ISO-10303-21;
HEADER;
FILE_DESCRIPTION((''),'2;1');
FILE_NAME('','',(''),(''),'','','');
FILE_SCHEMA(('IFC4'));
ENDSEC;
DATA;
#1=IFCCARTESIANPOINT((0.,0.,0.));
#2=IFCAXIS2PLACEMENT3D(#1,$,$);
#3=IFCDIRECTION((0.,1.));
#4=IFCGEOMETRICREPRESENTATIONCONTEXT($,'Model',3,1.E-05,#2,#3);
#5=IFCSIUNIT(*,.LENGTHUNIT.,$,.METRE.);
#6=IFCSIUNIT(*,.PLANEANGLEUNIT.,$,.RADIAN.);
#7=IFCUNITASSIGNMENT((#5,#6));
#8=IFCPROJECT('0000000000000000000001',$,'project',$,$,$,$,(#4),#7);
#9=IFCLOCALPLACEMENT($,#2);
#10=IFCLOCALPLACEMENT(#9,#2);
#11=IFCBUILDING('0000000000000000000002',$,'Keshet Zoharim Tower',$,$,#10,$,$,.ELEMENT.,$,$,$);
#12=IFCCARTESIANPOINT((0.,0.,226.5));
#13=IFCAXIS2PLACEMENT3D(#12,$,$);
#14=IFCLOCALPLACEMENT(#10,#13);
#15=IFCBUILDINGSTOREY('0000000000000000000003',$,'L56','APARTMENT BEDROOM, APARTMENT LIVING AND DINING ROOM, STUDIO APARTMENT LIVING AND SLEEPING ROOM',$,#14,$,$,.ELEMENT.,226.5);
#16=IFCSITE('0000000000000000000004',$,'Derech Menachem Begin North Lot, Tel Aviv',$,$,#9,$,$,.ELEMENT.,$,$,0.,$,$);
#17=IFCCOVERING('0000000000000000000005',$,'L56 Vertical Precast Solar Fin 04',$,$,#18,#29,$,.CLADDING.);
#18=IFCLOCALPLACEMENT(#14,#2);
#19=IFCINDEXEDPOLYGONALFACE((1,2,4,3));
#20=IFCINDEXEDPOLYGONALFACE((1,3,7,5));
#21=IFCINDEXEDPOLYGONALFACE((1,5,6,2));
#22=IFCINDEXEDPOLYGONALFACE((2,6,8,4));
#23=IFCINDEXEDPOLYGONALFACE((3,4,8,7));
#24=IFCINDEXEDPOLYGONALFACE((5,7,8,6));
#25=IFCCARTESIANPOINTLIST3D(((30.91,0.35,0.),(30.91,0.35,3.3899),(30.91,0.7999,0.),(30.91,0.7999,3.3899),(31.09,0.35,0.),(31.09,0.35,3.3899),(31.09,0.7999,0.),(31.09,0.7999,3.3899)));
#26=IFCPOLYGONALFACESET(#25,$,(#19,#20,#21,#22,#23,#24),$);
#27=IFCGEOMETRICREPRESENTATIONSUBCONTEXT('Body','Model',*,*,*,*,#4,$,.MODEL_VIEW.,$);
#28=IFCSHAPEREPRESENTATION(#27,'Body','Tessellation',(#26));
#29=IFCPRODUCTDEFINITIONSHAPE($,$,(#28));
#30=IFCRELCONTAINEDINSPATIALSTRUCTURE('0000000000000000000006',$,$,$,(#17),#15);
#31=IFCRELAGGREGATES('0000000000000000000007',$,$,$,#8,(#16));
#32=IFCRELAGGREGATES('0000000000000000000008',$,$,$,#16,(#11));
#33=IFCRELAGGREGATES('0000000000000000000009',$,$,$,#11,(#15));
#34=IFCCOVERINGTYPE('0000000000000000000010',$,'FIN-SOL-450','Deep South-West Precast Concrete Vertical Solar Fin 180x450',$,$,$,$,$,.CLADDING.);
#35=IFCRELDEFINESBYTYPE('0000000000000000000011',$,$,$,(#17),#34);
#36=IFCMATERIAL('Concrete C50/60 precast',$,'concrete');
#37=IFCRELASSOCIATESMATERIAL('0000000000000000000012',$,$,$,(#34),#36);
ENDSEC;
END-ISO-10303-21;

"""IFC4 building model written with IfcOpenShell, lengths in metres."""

from ifc_helpers import new_model, si_unit, direction, frame, origin, origin_2d, place, context, subcontext, project, spatial, rectangle, extrude, material, type_object, element, save


model = new_model("IFC4")

# Units and contexts
model_context = context("Model", 3, precision=1e-05, world=origin(), true_north=direction((0.0, 1.0)))
body_context = subcontext(model_context, "Body", "Model", "MODEL_VIEW")
ifc_project = project(units=[si_unit("LENGTHUNIT", "METRE"), si_unit("PLANEANGLEUNIT", "RADIAN")], contexts=[model_context])

# Site, building, storey
site_placement = place(None, origin())
site = spatial("IfcSite", under=ifc_project, at=site_placement, Name="Derech Menachem Begin North Lot, Tel Aviv", CompositionType="ELEMENT", RefElevation=0.0)
building_placement = place(site_placement, origin())
building = spatial("IfcBuilding", under=site, at=building_placement, Name="Keshet Zoharim Tower", CompositionType="ELEMENT")
storey_placement = place(building_placement, frame((0.0, 0.0, 226.5)))
storey = spatial("IfcBuildingStorey", under=building, at=storey_placement, Name="L56", Description="APARTMENT BEDROOM, APARTMENT LIVING AND DINING ROOM, STUDIO APARTMENT LIVING AND SLEEPING ROOM", CompositionType="ELEMENT", Elevation=226.5)

# Covering
ifc_material_1 = material(Name="Concrete C50/60 precast", Category="concrete")
covering_type = type_object("IfcCoveringType", Name="FIN-SOL-450", Description="Deep South-West Precast Concrete Vertical Solar Fin 180x450", PredefinedType="CLADDING", material=ifc_material_1)
covering_placement = place(storey_placement, frame((31.0, 0.575, 0.0), z_axis=(0.0, 0.0, 1.0), x_axis=(-1.0, 0.0, 0.0)))
element("IfcCovering", 1, at=covering_placement, inside=storey, type_object=covering_type, Name="L56 Vertical Precast Solar Fin 04", PredefinedType="CLADDING", context=body_context, shape_type="SweptSolid", body=[
    extrude(rectangle(XDim=0.1799, YDim=0.45, at=origin_2d()), origin(), (0.0, 0.0, 1.0), 3.3899),
])

save(model, "model.ifc")
